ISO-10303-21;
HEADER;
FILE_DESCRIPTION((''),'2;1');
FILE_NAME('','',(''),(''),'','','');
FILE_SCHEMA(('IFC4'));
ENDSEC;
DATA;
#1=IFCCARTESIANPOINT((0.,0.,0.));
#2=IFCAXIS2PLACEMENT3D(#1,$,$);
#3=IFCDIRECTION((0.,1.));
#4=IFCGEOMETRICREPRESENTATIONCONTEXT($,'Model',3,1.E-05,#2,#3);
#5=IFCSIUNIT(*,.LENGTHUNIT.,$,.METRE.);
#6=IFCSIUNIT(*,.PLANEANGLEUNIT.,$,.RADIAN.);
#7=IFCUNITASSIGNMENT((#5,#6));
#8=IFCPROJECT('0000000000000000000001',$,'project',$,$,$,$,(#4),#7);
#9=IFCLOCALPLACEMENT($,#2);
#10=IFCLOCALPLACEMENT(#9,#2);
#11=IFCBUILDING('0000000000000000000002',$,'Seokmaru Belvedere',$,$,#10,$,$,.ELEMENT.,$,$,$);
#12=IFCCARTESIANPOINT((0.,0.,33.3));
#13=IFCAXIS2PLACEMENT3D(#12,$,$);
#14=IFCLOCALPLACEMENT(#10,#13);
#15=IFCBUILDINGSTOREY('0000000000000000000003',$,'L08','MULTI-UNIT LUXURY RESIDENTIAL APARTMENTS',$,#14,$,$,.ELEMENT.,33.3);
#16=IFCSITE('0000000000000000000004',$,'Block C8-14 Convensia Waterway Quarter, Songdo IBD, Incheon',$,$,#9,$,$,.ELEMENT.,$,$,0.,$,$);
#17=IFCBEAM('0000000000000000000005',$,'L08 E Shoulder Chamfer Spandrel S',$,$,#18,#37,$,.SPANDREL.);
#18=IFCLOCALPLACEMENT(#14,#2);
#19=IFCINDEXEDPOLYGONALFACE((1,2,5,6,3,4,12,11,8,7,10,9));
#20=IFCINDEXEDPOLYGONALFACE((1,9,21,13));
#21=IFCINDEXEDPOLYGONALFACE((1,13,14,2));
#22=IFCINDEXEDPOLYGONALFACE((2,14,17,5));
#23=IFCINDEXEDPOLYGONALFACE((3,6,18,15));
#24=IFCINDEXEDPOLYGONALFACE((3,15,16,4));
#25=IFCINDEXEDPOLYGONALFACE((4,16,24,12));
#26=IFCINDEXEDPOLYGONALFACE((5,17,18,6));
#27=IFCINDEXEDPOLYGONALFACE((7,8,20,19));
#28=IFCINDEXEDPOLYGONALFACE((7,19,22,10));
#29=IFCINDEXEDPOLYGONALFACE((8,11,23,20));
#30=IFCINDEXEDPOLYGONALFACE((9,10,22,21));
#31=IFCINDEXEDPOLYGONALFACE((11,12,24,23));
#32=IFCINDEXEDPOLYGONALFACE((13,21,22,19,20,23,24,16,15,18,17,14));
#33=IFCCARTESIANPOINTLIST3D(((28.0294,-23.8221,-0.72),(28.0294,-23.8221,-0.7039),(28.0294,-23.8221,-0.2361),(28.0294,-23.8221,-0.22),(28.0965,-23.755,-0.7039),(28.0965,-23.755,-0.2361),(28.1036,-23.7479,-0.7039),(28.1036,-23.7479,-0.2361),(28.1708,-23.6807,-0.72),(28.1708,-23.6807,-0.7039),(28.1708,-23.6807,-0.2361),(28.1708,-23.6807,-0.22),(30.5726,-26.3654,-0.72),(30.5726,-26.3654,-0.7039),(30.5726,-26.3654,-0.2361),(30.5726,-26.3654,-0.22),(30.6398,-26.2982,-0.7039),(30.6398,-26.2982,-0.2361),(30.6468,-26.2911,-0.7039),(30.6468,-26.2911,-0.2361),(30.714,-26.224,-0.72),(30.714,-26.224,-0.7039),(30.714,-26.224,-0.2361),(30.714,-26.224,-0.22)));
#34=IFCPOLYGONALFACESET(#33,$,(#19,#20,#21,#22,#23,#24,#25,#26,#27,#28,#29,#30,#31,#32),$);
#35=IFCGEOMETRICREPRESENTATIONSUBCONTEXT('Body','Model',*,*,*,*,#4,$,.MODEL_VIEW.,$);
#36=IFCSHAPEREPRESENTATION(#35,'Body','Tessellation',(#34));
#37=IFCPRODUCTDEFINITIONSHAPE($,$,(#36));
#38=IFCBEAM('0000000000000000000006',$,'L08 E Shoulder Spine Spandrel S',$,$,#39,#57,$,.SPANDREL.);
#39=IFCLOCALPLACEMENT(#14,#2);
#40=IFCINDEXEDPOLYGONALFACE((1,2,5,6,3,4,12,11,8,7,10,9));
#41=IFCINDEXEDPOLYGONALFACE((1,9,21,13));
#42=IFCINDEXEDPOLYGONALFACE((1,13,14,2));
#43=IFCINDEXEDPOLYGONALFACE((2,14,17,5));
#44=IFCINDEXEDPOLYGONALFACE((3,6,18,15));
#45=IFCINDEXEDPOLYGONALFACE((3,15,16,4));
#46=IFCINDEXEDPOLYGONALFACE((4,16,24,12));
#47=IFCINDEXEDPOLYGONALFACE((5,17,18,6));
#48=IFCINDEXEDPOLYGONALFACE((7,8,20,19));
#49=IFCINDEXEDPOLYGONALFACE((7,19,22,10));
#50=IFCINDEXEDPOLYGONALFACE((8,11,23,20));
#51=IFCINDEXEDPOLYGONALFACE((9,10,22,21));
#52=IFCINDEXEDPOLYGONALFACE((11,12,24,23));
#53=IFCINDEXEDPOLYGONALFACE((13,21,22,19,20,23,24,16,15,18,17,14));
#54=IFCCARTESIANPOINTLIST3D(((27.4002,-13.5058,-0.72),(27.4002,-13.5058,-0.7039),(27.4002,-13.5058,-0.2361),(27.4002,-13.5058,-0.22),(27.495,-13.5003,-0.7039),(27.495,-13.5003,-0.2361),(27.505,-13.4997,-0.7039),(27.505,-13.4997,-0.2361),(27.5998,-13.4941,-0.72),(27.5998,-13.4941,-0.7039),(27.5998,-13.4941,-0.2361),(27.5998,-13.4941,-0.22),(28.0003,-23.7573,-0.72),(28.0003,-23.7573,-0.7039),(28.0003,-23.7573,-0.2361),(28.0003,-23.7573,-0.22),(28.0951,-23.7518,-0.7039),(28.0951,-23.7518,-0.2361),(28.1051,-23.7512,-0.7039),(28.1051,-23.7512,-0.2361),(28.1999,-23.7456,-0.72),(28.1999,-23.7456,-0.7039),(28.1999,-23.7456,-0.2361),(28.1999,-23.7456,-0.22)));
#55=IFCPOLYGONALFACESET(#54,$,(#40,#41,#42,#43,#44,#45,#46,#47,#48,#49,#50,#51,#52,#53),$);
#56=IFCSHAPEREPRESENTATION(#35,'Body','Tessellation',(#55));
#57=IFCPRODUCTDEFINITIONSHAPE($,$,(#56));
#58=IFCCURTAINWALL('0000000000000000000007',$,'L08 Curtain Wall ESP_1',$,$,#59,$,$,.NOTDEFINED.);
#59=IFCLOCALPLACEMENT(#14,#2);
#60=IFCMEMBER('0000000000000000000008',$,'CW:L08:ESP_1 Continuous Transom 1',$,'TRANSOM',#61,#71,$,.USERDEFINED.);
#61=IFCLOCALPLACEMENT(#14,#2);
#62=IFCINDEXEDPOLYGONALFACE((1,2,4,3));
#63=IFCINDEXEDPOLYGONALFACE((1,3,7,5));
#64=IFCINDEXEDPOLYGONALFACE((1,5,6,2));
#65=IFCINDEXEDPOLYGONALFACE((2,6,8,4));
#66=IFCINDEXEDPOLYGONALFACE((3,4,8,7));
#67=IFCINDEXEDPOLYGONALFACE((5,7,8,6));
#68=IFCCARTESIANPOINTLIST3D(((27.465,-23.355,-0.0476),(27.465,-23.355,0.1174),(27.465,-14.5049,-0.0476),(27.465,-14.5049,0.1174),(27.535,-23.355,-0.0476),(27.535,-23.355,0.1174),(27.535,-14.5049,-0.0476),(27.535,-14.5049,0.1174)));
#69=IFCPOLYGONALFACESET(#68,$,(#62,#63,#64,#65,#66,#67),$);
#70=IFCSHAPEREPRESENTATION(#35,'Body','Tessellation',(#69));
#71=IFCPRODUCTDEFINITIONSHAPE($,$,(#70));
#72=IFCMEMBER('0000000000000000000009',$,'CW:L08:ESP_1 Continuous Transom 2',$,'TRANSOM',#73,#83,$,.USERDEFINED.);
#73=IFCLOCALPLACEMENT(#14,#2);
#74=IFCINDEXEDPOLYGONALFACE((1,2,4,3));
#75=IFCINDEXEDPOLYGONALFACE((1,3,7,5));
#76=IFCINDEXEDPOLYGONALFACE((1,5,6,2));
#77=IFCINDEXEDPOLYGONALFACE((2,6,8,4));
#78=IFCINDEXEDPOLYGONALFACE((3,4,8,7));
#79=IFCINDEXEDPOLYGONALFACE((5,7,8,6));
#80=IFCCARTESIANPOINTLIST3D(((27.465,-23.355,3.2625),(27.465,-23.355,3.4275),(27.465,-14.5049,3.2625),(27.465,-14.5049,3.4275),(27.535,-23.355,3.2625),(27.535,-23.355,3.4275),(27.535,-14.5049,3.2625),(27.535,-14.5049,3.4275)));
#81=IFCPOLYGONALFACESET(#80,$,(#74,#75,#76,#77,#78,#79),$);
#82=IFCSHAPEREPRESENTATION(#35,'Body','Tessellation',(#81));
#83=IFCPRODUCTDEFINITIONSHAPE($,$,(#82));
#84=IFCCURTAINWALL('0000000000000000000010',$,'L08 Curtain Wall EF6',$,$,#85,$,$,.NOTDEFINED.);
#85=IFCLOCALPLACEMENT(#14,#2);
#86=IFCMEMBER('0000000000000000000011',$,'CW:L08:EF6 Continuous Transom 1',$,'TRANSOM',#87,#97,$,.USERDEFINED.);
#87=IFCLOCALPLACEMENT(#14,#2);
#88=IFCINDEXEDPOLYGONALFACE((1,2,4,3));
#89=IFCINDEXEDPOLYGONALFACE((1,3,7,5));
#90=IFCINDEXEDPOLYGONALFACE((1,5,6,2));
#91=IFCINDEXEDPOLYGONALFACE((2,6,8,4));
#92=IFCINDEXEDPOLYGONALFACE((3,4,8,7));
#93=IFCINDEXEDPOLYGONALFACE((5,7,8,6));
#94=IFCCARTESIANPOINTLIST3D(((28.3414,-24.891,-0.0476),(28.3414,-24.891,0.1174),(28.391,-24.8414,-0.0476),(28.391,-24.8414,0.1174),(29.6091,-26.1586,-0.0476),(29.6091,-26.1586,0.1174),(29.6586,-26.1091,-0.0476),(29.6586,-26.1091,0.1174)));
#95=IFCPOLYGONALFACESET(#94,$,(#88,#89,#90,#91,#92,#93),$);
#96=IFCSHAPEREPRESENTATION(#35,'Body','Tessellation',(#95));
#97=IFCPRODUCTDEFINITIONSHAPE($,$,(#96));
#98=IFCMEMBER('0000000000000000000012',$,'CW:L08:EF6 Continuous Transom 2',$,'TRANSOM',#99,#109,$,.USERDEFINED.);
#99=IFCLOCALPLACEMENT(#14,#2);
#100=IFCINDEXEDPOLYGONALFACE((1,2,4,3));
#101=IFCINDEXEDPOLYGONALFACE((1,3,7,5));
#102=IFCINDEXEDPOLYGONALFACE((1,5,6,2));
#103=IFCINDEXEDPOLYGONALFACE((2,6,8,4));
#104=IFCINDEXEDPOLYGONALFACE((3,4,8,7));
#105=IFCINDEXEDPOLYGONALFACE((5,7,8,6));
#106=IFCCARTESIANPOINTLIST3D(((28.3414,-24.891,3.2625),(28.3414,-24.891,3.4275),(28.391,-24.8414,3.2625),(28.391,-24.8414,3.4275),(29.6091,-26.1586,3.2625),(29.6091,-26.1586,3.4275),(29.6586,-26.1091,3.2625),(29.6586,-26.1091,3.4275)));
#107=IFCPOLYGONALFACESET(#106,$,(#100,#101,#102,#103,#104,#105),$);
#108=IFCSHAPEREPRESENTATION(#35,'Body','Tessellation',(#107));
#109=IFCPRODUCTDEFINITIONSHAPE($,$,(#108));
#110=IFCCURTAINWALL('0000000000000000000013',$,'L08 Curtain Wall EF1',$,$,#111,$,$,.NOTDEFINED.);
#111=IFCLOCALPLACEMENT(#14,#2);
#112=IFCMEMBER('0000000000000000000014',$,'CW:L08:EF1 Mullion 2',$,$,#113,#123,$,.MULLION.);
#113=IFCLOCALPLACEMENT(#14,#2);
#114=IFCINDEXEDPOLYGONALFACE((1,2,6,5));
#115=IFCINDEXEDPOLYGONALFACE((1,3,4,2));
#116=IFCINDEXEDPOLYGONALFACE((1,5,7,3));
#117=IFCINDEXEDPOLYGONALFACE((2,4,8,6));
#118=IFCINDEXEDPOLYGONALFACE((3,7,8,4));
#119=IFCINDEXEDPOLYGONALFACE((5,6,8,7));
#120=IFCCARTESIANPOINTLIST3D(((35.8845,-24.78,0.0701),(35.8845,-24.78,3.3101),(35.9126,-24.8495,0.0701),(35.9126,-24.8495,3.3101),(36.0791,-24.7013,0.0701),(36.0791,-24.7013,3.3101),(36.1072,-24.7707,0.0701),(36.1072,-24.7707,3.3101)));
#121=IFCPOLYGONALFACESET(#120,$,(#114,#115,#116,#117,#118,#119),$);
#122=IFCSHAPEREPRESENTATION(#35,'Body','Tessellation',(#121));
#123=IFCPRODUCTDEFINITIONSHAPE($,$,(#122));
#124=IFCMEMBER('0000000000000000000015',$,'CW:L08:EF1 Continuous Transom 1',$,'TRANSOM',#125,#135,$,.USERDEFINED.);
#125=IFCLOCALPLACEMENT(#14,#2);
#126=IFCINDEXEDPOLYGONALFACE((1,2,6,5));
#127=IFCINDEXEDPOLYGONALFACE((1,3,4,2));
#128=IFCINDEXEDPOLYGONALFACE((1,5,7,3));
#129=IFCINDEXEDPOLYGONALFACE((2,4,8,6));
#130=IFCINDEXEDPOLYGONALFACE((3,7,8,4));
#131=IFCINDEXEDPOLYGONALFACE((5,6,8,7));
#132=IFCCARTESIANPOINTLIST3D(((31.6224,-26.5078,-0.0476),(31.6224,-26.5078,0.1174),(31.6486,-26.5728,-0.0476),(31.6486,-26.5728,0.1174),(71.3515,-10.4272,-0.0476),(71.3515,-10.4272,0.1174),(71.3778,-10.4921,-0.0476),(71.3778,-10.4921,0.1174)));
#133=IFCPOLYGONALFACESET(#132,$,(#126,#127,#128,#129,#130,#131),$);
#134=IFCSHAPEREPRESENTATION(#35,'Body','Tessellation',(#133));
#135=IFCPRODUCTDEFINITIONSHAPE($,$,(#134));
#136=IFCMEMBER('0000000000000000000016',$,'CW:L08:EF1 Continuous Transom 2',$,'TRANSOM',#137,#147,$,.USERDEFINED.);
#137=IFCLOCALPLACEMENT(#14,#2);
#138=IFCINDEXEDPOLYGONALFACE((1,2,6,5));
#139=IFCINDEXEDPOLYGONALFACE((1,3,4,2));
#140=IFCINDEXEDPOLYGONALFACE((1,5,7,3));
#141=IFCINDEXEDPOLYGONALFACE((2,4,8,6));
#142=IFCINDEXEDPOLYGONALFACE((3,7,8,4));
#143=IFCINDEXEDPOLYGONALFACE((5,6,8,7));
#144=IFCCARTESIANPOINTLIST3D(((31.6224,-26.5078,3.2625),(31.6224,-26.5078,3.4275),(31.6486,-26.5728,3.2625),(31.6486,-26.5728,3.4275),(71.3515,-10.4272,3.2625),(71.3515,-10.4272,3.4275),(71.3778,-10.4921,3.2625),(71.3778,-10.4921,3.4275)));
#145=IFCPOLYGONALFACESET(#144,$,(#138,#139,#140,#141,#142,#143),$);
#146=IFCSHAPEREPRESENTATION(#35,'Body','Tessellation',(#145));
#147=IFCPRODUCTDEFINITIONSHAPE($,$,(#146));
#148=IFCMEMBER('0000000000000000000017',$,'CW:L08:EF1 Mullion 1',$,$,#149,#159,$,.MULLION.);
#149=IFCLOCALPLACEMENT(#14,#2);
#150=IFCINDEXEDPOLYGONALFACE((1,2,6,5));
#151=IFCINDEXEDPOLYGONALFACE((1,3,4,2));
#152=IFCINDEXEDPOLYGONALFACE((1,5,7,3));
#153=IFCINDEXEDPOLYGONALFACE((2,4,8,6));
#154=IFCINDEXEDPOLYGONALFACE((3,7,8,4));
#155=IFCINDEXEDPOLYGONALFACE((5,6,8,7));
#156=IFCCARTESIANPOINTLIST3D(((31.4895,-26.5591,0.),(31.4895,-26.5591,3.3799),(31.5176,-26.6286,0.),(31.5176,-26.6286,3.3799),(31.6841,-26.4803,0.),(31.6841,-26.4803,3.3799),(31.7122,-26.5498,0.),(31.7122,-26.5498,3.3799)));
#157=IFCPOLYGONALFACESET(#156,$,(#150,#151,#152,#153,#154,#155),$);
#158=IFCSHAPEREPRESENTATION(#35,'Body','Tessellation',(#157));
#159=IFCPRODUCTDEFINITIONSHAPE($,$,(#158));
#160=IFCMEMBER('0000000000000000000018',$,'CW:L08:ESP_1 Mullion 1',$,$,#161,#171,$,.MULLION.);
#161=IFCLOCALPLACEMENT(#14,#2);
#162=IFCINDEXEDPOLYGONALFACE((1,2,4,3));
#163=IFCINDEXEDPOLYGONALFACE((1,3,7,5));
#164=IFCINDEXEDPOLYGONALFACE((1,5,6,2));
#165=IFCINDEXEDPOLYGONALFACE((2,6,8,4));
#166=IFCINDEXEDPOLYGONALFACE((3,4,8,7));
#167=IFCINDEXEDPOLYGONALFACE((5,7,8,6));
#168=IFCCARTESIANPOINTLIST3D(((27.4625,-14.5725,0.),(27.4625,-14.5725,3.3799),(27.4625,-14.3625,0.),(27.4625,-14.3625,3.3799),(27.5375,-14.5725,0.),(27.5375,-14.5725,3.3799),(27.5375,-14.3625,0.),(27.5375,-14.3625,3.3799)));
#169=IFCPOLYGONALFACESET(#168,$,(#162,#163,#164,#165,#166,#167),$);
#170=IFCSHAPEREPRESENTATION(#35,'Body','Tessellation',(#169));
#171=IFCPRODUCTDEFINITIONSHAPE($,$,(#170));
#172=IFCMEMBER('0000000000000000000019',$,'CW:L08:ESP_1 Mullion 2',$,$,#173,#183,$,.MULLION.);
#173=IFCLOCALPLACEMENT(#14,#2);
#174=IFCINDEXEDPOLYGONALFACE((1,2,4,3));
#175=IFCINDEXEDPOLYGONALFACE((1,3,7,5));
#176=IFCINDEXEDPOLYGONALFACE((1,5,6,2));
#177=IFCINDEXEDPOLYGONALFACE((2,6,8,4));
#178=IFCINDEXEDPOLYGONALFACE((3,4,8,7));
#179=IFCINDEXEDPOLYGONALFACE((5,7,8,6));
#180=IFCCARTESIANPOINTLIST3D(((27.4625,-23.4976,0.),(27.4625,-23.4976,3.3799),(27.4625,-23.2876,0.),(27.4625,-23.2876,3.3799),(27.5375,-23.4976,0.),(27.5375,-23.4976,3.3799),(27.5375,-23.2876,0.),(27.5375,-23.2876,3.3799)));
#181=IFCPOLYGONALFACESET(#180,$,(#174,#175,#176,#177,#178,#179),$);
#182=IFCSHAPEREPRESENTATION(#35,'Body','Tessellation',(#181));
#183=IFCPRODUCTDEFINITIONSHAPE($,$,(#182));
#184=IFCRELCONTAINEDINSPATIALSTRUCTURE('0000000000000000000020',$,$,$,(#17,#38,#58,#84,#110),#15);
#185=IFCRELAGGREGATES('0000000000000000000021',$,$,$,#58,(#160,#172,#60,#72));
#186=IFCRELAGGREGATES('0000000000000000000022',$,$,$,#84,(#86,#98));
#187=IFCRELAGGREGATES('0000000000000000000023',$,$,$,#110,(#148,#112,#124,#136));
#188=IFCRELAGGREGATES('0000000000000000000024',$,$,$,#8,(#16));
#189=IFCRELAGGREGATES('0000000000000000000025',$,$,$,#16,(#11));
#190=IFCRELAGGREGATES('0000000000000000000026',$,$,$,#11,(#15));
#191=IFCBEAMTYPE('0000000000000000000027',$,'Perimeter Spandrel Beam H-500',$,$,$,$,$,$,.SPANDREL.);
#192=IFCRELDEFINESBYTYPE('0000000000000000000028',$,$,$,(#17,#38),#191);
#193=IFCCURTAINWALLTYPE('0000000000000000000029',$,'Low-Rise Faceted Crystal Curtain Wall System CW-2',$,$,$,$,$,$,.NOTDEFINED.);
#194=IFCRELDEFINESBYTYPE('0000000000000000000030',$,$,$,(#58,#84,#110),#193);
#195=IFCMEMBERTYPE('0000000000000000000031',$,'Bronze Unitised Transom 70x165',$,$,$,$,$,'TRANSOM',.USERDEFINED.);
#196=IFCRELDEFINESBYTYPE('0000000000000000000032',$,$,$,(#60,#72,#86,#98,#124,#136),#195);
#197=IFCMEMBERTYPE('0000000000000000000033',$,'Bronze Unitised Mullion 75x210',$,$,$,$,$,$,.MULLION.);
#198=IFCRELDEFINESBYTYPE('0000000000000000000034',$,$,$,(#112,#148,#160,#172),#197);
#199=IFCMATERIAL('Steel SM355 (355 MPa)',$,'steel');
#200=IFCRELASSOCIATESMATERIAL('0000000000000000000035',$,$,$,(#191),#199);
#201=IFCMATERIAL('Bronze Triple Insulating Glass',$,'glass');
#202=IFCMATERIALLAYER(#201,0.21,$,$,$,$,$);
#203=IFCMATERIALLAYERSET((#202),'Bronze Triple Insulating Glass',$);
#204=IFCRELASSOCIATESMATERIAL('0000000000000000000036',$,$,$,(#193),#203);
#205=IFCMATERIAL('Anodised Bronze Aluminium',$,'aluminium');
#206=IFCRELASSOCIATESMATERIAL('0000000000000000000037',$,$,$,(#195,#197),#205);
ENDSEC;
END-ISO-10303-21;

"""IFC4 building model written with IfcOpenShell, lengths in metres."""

from ifc_helpers import new_model, si_unit, direction, frame, origin, origin_2d, place, context, subcontext, project, spatial, rectangle, i_section, extrude, source, transform, mapped, material, layer, layer_set, material_profile, profile_set, type_object, type_shapes, element, aggregate, save


model = new_model("IFC4")

# Units and contexts
model_context = context("Model", 3, precision=1e-05, world=origin(), true_north=direction((0.0, 1.0)))
body_context = subcontext(model_context, "Body", "Model", "MODEL_VIEW")
ifc_project = project(units=[si_unit("LENGTHUNIT", "METRE"), si_unit("PLANEANGLEUNIT", "RADIAN")], contexts=[model_context])

# Site, building, storey
site_placement = place(None, origin())
site = spatial("IfcSite", under=ifc_project, at=site_placement, Name="Block C8-14 Convensia Waterway Quarter, Songdo IBD, Incheon", CompositionType="ELEMENT", RefElevation=0.0)
building_placement = place(site_placement, origin())
building = spatial("IfcBuilding", under=site, at=building_placement, Name="Seokmaru Belvedere", CompositionType="ELEMENT")
storey_placement = place(building_placement, frame((0.0, 0.0, 33.3)))
storey = spatial("IfcBuildingStorey", under=building, at=storey_placement, Name="L08", Description="MULTI-UNIT LUXURY RESIDENTIAL APARTMENTS", CompositionType="ELEMENT", Elevation=33.3)

# Shared definitions
ifc_material_1 = material(Name="Steel SM355 (355 MPa)", Category="steel")

# Beams
ifc_material_profile_1 = material_profile(ifc_material_1, i_section(OverallWidth=0.2, OverallDepth=0.5, WebThickness=0.01, FlangeThickness=0.0161, at=origin_2d()), Name="H-500x200x10x16")
ifc_profile_set_1 = profile_set([ifc_material_profile_1], Name="Steel SM355 (355 MPa)")
beam_type_1 = type_object("IfcBeamType", Name="Perimeter Spandrel Beam H-500", PredefinedType="SPANDREL", material=ifc_profile_set_1)
shared_shape_1 = source(origin(), body_context, "Body", "SweptSolid", [
    extrude(i_section(OverallWidth=0.2, OverallDepth=0.5, WebThickness=0.01, FlangeThickness=0.0161, at=origin_2d()), origin(), (0.0, 0.0, 1.0), 3.5967),
])
beam_1_placement = place(storey_placement, frame((30.6433, -26.2947, -0.47), z_axis=(-0.707107, 0.707107, 0.0), x_axis=(-0.707107, -0.707107, 0.0)))
element("IfcBeam", 1, at=beam_1_placement, inside=storey, type_object=beam_type_1, Name="L08 E Shoulder Chamfer Spandrel S", PredefinedType="SPANDREL", context=body_context, shape_type="MappedRepresentation", body=[
    mapped(shared_shape_1, transform((0.0, 0.0, 0.0), scale=1.0)),
])
shared_shape_2 = source(origin(), body_context, "Body", "SweptSolid", [
    extrude(i_section(OverallWidth=0.2, OverallDepth=0.5, WebThickness=0.01, FlangeThickness=0.0161, at=origin_2d()), origin(), (0.0, 0.0, 1.0), 10.269),
])
beam_2_placement = place(storey_placement, frame((28.1001, -23.7515, -0.47), z_axis=(-0.058438, 0.998291, 0.0), x_axis=(-0.998291, -0.058438, 0.0)))
element("IfcBeam", 2, at=beam_2_placement, inside=storey, type_object=beam_type_1, Name="L08 E Shoulder Spine Spandrel S", PredefinedType="SPANDREL", context=body_context, shape_type="MappedRepresentation", body=[
    mapped(shared_shape_2, transform((0.0, 0.0, 0.0), scale=1.0)),
])

# Curtain walls, members
ifc_material_2 = material(Name="Bronze Triple Insulating Glass", Category="glass")
ifc_layer_1 = layer(ifc_material_2, 0.21)
ifc_layer_set_1 = layer_set([ifc_layer_1], Name="Bronze Triple Insulating Glass")
curtain_wall_type = type_object("IfcCurtainWallType", Name="Low-Rise Faceted Crystal Curtain Wall System CW-2", PredefinedType="NOTDEFINED", material=ifc_layer_set_1)
curtain_wall_1_placement = place(storey_placement, origin())
curtain_wall_1 = element("IfcCurtainWall", 3, at=curtain_wall_1_placement, inside=storey, type_object=curtain_wall_type, Name="L08 Curtain Wall ESP_1", PredefinedType="NOTDEFINED")
ifc_material_3 = material(Name="Anodised Bronze Aluminium", Category="aluminium")
ifc_material_profile_2 = material_profile(ifc_material_3, rectangle(XDim=0.0701, YDim=0.165, at=origin_2d()), Name="CW-T-70x165")
ifc_profile_set_2 = profile_set([ifc_material_profile_2], Name="Anodised Bronze Aluminium")
member_type_1 = type_object("IfcMemberType", Name="Bronze Unitised Transom 70x165", ElementType="TRANSOM", PredefinedType="USERDEFINED", material=ifc_profile_set_2)
shared_shape_3 = source(origin(), body_context, "Body", "SweptSolid", [
    extrude(rectangle(XDim=0.0701, YDim=0.165, at=origin_2d()), origin(), (0.0, 0.0, 1.0), 8.8501),
])
member_1_placement = place(storey_placement, frame((27.5, -14.5049, 0.0349), z_axis=(0.0, -1.0, 0.0), x_axis=(1.0, 0.0, 0.0)))
member_1 = element("IfcMember", 4, at=member_1_placement, type_object=member_type_1, Name="CW:L08:ESP_1 Continuous Transom 1", ObjectType="TRANSOM", PredefinedType="USERDEFINED", context=body_context, shape_type="MappedRepresentation", body=[
    mapped(shared_shape_3, transform((0.0, 0.0, 0.0), scale=1.0)),
])
member_2_placement = place(storey_placement, frame((27.5, -14.5049, 3.345), z_axis=(0.0, -1.0, 0.0), x_axis=(1.0, 0.0, 0.0)))
member_2 = element("IfcMember", 5, at=member_2_placement, type_object=member_type_1, Name="CW:L08:ESP_1 Continuous Transom 2", ObjectType="TRANSOM", PredefinedType="USERDEFINED", context=body_context, shape_type="MappedRepresentation", body=[
    mapped(shared_shape_3, transform((0.0, 0.0, 0.0), scale=1.0)),
])
curtain_wall_2_placement = place(storey_placement, origin())
curtain_wall_2 = element("IfcCurtainWall", 6, at=curtain_wall_2_placement, inside=storey, type_object=curtain_wall_type, Name="L08 Curtain Wall EF6", PredefinedType="NOTDEFINED")
shared_shape_4 = source(origin(), body_context, "Body", "SweptSolid", [
    extrude(rectangle(XDim=0.0701, YDim=0.165, at=origin_2d()), origin(), (0.0, 0.0, 1.0), 1.7927),
])
member_3_placement = place(storey_placement, frame((28.3662, -24.8662, 0.0349), z_axis=(0.707107, -0.707107, 0.0), x_axis=(0.707107, 0.707107, 0.0)))
member_3 = element("IfcMember", 7, at=member_3_placement, type_object=member_type_1, Name="CW:L08:EF6 Continuous Transom 1", ObjectType="TRANSOM", PredefinedType="USERDEFINED", context=body_context, shape_type="MappedRepresentation", body=[
    mapped(shared_shape_4, transform((0.0, 0.0, 0.0), scale=1.0)),
])
member_4_placement = place(storey_placement, frame((28.3662, -24.8662, 3.345), z_axis=(0.707107, -0.707107, 0.0), x_axis=(0.707107, 0.707107, 0.0)))
member_4 = element("IfcMember", 8, at=member_4_placement, type_object=member_type_1, Name="CW:L08:EF6 Continuous Transom 2", ObjectType="TRANSOM", PredefinedType="USERDEFINED", context=body_context, shape_type="MappedRepresentation", body=[
    mapped(shared_shape_4, transform((0.0, 0.0, 0.0), scale=1.0)),
])
curtain_wall_3_placement = place(storey_placement, origin())
curtain_wall_3 = element("IfcCurtainWall", 9, at=curtain_wall_3_placement, inside=storey, type_object=curtain_wall_type, Name="L08 Curtain Wall EF1", PredefinedType="NOTDEFINED")
ifc_material_profile_3 = material_profile(ifc_material_3, rectangle(XDim=0.075, YDim=0.21, at=origin_2d()), Name="CW-M-75x210")
ifc_profile_set_3 = profile_set([ifc_material_profile_3], Name="Anodised Bronze Aluminium")
member_type_2 = type_object("IfcMemberType", Name="Bronze Unitised Mullion 75x210", PredefinedType="MULLION", material=ifc_profile_set_3)
shared_shape_5 = source(origin(), body_context, "Body", "SweptSolid", [
    extrude(rectangle(XDim=0.075, YDim=0.21, at=origin_2d()), origin(), (0.0, 0.0, 1.0), 3.24),
])
member_5_placement = place(storey_placement, frame((35.9958, -24.7754, 0.0701), z_axis=(0.0, 0.0, 1.0), x_axis=(-0.375192, 0.926947, 0.0)))
member_5 = element("IfcMember", 10, at=member_5_placement, type_object=member_type_2, Name="CW:L08:EF1 Mullion 2", PredefinedType="MULLION", context=body_context, shape_type="MappedRepresentation", body=[
    mapped(shared_shape_5, transform((0.0, 0.0, 0.0), scale=1.0)),
])
shared_shape_6 = source(origin(), body_context, "Body", "SweptSolid", [
    extrude(rectangle(XDim=0.0701, YDim=0.165, at=origin_2d()), origin(), (0.0, 0.0, 1.0), 42.8601),
])
type_shapes(member_type_1, [shared_shape_3, shared_shape_4, shared_shape_6])
member_6_placement = place(storey_placement, frame((31.6355, -26.5403, 0.0349), z_axis=(0.926949, 0.375188, 0.0), x_axis=(-0.375188, 0.926949, 0.0)))
member_6 = element("IfcMember", 11, at=member_6_placement, type_object=member_type_1, Name="CW:L08:EF1 Continuous Transom 1", ObjectType="TRANSOM", PredefinedType="USERDEFINED", context=body_context, shape_type="MappedRepresentation", body=[
    mapped(shared_shape_6, transform((0.0, 0.0, 0.0), scale=1.0)),
])
member_7_placement = place(storey_placement, frame((31.6355, -26.5403, 3.345), z_axis=(0.926949, 0.375188, 0.0), x_axis=(-0.375188, 0.926949, 0.0)))
member_7 = element("IfcMember", 12, at=member_7_placement, type_object=member_type_1, Name="CW:L08:EF1 Continuous Transom 2", ObjectType="TRANSOM", PredefinedType="USERDEFINED", context=body_context, shape_type="MappedRepresentation", body=[
    mapped(shared_shape_6, transform((0.0, 0.0, 0.0), scale=1.0)),
])
shared_shape_7 = source(origin(), body_context, "Body", "SweptSolid", [
    extrude(rectangle(XDim=0.075, YDim=0.21, at=origin_2d()), origin(), (0.0, 0.0, 1.0), 3.3799),
])
type_shapes(member_type_2, [shared_shape_5, shared_shape_7])
member_8_placement = place(storey_placement, frame((31.6008, -26.5544, 0.0), z_axis=(0.0, 0.0, 1.0), x_axis=(-0.375192, 0.926947, 0.0)))
member_8 = element("IfcMember", 13, at=member_8_placement, type_object=member_type_2, Name="CW:L08:EF1 Mullion 1", PredefinedType="MULLION", context=body_context, shape_type="MappedRepresentation", body=[
    mapped(shared_shape_7, transform((0.0, 0.0, 0.0), scale=1.0)),
])

# Members
member_9_placement = place(storey_placement, frame((27.5, -14.4675, 0.0), z_axis=(0.0, 0.0, 1.0), x_axis=(1.0, 0.0, 0.0)))
member_9 = element("IfcMember", 14, at=member_9_placement, type_object=member_type_2, Name="CW:L08:ESP_1 Mullion 1", PredefinedType="MULLION", context=body_context, shape_type="MappedRepresentation", body=[
    mapped(shared_shape_7, transform((0.0, 0.0, 0.0), scale=1.0)),
])
member_10_placement = place(storey_placement, frame((27.5, -23.3926, 0.0), z_axis=(0.0, 0.0, 1.0), x_axis=(1.0, 0.0, 0.0)))
member_10 = element("IfcMember", 15, at=member_10_placement, type_object=member_type_2, Name="CW:L08:ESP_1 Mullion 2", PredefinedType="MULLION", context=body_context, shape_type="MappedRepresentation", body=[
    mapped(shared_shape_7, transform((0.0, 0.0, 0.0), scale=1.0)),
])

aggregate(curtain_wall_1, [member_9, member_10, member_1, member_2])
aggregate(curtain_wall_2, [member_3, member_4])
aggregate(curtain_wall_3, [member_8, member_5, member_6, member_7])

save(model, "model.ifc")
